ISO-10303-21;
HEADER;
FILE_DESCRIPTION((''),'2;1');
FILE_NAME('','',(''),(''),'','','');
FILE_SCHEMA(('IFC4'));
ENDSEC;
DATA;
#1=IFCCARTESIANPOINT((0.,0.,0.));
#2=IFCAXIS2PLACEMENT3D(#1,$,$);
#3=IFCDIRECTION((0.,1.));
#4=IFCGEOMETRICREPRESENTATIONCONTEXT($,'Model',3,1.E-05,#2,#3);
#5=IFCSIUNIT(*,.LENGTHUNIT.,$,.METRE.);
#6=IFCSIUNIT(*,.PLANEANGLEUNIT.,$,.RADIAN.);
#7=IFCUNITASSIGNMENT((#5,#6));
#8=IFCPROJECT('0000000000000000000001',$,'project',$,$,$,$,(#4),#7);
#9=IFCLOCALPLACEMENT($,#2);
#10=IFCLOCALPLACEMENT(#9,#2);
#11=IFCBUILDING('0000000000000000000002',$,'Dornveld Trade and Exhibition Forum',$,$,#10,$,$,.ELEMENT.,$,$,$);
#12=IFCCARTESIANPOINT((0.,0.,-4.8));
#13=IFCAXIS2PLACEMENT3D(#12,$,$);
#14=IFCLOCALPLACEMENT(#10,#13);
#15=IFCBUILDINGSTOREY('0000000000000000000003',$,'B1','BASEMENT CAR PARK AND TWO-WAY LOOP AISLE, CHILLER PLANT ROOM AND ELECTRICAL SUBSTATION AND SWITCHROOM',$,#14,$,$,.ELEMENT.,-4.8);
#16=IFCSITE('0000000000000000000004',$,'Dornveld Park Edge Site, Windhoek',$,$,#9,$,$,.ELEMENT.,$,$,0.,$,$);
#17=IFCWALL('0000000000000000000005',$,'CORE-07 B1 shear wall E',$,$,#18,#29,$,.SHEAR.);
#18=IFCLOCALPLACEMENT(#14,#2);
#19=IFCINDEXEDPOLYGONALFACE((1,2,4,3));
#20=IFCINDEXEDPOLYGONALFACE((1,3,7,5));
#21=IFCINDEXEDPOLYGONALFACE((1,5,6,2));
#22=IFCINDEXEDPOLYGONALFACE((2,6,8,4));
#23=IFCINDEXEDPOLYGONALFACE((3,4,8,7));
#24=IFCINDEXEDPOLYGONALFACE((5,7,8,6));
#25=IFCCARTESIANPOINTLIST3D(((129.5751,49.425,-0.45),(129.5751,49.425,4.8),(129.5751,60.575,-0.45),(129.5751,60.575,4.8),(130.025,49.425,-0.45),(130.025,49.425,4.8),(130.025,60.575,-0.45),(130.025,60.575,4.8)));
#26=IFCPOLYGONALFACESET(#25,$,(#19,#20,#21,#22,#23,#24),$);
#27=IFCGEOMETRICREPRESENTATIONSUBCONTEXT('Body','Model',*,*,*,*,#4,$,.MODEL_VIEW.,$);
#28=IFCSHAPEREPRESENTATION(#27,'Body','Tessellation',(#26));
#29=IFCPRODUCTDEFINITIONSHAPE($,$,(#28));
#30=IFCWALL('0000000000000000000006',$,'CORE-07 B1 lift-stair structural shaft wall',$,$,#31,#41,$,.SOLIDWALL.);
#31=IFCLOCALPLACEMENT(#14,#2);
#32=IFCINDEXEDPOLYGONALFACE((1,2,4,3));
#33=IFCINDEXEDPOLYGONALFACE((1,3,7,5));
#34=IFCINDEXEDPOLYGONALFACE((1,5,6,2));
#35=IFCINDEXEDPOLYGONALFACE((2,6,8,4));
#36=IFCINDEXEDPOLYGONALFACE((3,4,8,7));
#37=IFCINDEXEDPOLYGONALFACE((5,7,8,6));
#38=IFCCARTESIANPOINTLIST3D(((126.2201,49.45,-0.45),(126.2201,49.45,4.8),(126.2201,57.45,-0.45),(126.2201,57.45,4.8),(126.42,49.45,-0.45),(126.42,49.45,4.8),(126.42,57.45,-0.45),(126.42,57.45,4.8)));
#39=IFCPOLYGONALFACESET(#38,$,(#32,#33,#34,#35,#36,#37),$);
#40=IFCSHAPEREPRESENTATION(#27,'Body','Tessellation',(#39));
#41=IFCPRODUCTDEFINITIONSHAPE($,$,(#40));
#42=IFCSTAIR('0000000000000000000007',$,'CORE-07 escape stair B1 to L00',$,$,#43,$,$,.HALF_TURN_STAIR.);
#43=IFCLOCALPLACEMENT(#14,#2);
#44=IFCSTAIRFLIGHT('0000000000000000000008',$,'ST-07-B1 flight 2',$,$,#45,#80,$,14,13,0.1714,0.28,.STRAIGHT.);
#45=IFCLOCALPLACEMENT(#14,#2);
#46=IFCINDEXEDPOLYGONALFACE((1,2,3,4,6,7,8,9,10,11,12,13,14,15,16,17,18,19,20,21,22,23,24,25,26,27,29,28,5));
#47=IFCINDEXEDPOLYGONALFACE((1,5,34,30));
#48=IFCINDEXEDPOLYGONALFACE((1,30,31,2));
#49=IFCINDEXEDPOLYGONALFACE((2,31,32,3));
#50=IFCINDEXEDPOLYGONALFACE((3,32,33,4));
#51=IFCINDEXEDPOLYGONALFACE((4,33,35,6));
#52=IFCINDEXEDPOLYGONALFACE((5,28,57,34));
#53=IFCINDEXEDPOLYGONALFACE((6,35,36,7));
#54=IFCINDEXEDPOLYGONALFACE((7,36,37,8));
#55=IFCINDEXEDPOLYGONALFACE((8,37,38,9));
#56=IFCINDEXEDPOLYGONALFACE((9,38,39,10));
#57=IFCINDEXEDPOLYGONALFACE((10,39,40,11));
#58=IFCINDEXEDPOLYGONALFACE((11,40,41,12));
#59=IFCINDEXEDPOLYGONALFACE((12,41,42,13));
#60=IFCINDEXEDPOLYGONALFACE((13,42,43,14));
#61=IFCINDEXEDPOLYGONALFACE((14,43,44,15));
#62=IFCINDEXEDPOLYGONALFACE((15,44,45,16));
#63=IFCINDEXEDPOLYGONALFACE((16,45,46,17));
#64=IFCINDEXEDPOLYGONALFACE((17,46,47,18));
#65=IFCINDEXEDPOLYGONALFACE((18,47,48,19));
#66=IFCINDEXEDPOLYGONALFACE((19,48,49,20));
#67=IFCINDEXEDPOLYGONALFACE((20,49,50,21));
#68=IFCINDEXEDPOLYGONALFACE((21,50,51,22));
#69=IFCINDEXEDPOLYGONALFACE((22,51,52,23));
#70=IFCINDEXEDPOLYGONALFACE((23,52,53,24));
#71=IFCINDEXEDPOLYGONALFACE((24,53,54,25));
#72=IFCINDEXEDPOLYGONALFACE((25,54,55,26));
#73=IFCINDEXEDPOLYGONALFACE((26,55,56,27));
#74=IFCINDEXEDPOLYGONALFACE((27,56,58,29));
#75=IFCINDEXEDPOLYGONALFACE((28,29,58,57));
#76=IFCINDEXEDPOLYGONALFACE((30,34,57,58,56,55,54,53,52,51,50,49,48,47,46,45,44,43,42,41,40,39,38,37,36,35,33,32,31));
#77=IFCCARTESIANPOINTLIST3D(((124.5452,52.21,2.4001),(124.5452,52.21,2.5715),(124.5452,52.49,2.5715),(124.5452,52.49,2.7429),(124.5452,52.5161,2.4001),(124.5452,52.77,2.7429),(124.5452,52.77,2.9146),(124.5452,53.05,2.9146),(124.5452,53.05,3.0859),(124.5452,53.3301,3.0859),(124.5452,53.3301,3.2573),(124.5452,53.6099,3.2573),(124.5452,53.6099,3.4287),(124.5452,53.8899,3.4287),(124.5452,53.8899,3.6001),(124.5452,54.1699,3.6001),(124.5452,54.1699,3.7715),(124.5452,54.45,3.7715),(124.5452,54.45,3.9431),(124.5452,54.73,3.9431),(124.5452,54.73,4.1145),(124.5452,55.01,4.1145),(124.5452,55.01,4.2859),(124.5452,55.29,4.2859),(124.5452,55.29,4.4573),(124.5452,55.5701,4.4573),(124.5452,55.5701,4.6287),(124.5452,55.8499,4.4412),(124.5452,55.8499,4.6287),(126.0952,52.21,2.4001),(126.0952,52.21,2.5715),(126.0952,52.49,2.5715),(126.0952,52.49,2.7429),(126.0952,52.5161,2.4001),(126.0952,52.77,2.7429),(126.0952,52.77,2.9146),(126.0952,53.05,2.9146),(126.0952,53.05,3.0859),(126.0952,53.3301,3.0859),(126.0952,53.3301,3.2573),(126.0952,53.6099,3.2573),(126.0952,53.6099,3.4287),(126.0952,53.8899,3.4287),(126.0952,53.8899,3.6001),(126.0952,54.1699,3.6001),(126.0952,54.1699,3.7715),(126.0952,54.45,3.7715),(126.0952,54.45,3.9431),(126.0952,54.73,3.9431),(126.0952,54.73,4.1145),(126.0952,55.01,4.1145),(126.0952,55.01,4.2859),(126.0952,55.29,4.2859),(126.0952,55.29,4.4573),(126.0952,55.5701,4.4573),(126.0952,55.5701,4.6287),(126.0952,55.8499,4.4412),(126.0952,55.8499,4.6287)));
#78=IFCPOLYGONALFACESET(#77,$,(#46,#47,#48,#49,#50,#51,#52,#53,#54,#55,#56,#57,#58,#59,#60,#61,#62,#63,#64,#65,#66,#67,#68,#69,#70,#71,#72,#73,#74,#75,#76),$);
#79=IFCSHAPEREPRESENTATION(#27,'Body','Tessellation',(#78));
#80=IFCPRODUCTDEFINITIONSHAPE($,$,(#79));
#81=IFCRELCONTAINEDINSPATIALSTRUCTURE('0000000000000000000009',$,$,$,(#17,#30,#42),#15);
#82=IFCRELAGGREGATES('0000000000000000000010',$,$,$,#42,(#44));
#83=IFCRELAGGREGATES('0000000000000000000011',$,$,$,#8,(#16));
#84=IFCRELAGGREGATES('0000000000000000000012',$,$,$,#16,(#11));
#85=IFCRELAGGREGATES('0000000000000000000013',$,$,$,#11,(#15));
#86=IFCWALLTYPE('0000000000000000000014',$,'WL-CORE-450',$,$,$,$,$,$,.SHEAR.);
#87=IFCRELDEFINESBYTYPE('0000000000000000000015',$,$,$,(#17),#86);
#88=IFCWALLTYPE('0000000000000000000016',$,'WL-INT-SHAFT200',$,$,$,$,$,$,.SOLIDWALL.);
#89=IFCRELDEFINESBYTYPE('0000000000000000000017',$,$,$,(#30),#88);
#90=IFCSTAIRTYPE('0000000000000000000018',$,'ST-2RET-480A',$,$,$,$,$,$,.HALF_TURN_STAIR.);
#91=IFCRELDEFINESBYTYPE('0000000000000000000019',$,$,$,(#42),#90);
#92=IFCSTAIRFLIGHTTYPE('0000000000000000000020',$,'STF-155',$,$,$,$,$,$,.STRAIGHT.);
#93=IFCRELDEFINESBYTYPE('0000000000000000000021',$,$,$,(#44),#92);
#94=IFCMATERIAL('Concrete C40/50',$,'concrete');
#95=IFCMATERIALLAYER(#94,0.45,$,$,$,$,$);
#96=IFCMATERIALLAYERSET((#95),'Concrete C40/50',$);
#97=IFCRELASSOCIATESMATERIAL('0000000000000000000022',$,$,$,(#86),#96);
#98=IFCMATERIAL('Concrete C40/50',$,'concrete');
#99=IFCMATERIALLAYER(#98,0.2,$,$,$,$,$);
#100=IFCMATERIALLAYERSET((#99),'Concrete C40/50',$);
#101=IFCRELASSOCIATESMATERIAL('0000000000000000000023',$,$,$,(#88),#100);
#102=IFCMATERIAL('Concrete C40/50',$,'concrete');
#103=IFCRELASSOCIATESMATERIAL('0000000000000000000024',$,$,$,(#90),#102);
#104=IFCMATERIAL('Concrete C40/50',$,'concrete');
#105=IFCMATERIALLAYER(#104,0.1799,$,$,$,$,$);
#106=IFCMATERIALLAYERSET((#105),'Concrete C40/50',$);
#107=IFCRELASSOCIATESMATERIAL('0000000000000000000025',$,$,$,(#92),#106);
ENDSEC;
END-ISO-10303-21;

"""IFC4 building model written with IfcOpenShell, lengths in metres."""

from ifc_helpers import new_model, si_unit, direction, frame, frame_2d, origin, place, context, subcontext, project, spatial, polyline, rectangle, outline, extrude, material, layer, layer_set, type_object, element, aggregate, save


model = new_model("IFC4")

# Units and contexts
model_context = context("Model", 3, precision=1e-05, world=origin(), true_north=direction((0.0, 1.0)))
body_context = subcontext(model_context, "Body", "Model", "MODEL_VIEW")
ifc_project = project(units=[si_unit("LENGTHUNIT", "METRE"), si_unit("PLANEANGLEUNIT", "RADIAN")], contexts=[model_context])

# Site, building, storey
site_placement = place(None, origin())
site = spatial("IfcSite", under=ifc_project, at=site_placement, Name="Dornveld Park Edge Site, Windhoek", CompositionType="ELEMENT", RefElevation=0.0)
building_placement = place(site_placement, origin())
building = spatial("IfcBuilding", under=site, at=building_placement, Name="Dornveld Trade and Exhibition Forum", CompositionType="ELEMENT")
storey_placement = place(building_placement, frame((0.0, 0.0, -4.8)))
storey = spatial("IfcBuildingStorey", under=building, at=storey_placement, Name="B1", Description="BASEMENT CAR PARK AND TWO-WAY LOOP AISLE, CHILLER PLANT ROOM AND ELECTRICAL SUBSTATION AND SWITCHROOM", CompositionType="ELEMENT", Elevation=-4.8)

# Walls
ifc_material_1 = material(Name="Concrete C40/50", Category="concrete")
ifc_layer_1 = layer(ifc_material_1, 0.45)
ifc_layer_set_1 = layer_set([ifc_layer_1], Name="Concrete C40/50")
wall_type_1 = type_object("IfcWallType", Name="WL-CORE-450", PredefinedType="SHEAR", material=ifc_layer_set_1)
wall_1_placement = place(storey_placement, frame((129.8, 49.425, -0.45), z_axis=(0.0, 0.0, 1.0), x_axis=(0.0, 1.0, 0.0)))
element("IfcWall", 1, at=wall_1_placement, inside=storey, type_object=wall_type_1, Name="CORE-07 B1 shear wall E", PredefinedType="SHEAR", context=body_context, shape_type="SweptSolid", body=[
    extrude(rectangle(XDim=11.1499, YDim=0.45, at=frame_2d((5.575, 0.0))), origin(), (0.0, 0.0, 1.0), 5.25),
])
ifc_material_2 = material(Name="Concrete C40/50", Category="concrete")
ifc_layer_2 = layer(ifc_material_2, 0.2)
ifc_layer_set_2 = layer_set([ifc_layer_2], Name="Concrete C40/50")
wall_type_2 = type_object("IfcWallType", Name="WL-INT-SHAFT200", PredefinedType="SOLIDWALL", material=ifc_layer_set_2)
wall_2_placement = place(storey_placement, frame((126.3201, 49.45, -0.45), z_axis=(0.0, 0.0, 1.0), x_axis=(0.0, 1.0, 0.0)))
element("IfcWall", 2, at=wall_2_placement, inside=storey, type_object=wall_type_2, Name="CORE-07 B1 lift-stair structural shaft wall", PredefinedType="SOLIDWALL", context=body_context, shape_type="SweptSolid", body=[
    extrude(rectangle(XDim=8.0, YDim=0.2, at=frame_2d((4.0, 0.0))), origin(), (0.0, 0.0, 1.0), 5.25),
])

# Stair, stair flight
ifc_material_3 = material(Name="Concrete C40/50", Category="concrete")
stair_type = type_object("IfcStairType", Name="ST-2RET-480A", PredefinedType="HALF_TURN_STAIR", material=ifc_material_3)
stair_placement = place(storey_placement, origin())
stair = element("IfcStair", 3, at=stair_placement, inside=storey, type_object=stair_type, Name="CORE-07 escape stair B1 to L00", PredefinedType="HALF_TURN_STAIR")
ifc_material_4 = material(Name="Concrete C40/50", Category="concrete")
ifc_layer_3 = layer(ifc_material_4, 0.1799)
ifc_layer_set_3 = layer_set([ifc_layer_3], Name="Concrete C40/50")
stair_flight_type = type_object("IfcStairFlightType", Name="STF-155", PredefinedType="STRAIGHT", material=ifc_layer_set_3)
stair_flight_placement = place(storey_placement, frame((125.3201, 52.21, 2.4001), z_axis=(0.0, 0.0, 1.0), x_axis=(0.0, 1.0, 0.0)))
stair_flight = element("IfcStairFlight", 4, at=stair_flight_placement, type_object=stair_flight_type, Name="ST-07-B1 flight 2", NumberOfRisers=14, NumberOfTreads=13, PredefinedType="STRAIGHT", RiserHeight=0.1714, TreadLength=0.28, context=body_context, shape_type="SweptSolid", body=[
    extrude(outline(polyline([(0.0, 0.0), (0.0, 0.1714), (0.28, 0.1714), (0.28, 0.3428), (0.5601, 0.3428), (0.5601, 0.5144), (0.8401, 0.5144), (0.8401, 0.6858), (1.1201, 0.6858), (1.1201, 0.8572), (1.3999, 0.8572), (1.3999, 1.0286), (1.6799, 1.0286), (1.6799, 1.2), (1.96, 1.2), (1.96, 1.3713), (2.24, 1.3713), (2.24, 1.543), (2.52, 1.543), (2.52, 1.7144), (2.8, 1.7144), (2.8, 1.8857), (3.0801, 1.8857), (3.0801, 2.0571), (3.3601, 2.0571), (3.3601, 2.2285), (3.6399, 2.2285), (3.6399, 2.3999), (3.6399, 2.041), (0.3062, 0.0), (0.0, 0.0)])), frame((0.0, 0.7749, 0.0), z_axis=(0.0, -1.0, 0.0), x_axis=(1.0, 0.0, 0.0)), (0.0, 0.0, 1.0), 1.55),
])
aggregate(stair, [stair_flight])

save(model, "model.ifc")
